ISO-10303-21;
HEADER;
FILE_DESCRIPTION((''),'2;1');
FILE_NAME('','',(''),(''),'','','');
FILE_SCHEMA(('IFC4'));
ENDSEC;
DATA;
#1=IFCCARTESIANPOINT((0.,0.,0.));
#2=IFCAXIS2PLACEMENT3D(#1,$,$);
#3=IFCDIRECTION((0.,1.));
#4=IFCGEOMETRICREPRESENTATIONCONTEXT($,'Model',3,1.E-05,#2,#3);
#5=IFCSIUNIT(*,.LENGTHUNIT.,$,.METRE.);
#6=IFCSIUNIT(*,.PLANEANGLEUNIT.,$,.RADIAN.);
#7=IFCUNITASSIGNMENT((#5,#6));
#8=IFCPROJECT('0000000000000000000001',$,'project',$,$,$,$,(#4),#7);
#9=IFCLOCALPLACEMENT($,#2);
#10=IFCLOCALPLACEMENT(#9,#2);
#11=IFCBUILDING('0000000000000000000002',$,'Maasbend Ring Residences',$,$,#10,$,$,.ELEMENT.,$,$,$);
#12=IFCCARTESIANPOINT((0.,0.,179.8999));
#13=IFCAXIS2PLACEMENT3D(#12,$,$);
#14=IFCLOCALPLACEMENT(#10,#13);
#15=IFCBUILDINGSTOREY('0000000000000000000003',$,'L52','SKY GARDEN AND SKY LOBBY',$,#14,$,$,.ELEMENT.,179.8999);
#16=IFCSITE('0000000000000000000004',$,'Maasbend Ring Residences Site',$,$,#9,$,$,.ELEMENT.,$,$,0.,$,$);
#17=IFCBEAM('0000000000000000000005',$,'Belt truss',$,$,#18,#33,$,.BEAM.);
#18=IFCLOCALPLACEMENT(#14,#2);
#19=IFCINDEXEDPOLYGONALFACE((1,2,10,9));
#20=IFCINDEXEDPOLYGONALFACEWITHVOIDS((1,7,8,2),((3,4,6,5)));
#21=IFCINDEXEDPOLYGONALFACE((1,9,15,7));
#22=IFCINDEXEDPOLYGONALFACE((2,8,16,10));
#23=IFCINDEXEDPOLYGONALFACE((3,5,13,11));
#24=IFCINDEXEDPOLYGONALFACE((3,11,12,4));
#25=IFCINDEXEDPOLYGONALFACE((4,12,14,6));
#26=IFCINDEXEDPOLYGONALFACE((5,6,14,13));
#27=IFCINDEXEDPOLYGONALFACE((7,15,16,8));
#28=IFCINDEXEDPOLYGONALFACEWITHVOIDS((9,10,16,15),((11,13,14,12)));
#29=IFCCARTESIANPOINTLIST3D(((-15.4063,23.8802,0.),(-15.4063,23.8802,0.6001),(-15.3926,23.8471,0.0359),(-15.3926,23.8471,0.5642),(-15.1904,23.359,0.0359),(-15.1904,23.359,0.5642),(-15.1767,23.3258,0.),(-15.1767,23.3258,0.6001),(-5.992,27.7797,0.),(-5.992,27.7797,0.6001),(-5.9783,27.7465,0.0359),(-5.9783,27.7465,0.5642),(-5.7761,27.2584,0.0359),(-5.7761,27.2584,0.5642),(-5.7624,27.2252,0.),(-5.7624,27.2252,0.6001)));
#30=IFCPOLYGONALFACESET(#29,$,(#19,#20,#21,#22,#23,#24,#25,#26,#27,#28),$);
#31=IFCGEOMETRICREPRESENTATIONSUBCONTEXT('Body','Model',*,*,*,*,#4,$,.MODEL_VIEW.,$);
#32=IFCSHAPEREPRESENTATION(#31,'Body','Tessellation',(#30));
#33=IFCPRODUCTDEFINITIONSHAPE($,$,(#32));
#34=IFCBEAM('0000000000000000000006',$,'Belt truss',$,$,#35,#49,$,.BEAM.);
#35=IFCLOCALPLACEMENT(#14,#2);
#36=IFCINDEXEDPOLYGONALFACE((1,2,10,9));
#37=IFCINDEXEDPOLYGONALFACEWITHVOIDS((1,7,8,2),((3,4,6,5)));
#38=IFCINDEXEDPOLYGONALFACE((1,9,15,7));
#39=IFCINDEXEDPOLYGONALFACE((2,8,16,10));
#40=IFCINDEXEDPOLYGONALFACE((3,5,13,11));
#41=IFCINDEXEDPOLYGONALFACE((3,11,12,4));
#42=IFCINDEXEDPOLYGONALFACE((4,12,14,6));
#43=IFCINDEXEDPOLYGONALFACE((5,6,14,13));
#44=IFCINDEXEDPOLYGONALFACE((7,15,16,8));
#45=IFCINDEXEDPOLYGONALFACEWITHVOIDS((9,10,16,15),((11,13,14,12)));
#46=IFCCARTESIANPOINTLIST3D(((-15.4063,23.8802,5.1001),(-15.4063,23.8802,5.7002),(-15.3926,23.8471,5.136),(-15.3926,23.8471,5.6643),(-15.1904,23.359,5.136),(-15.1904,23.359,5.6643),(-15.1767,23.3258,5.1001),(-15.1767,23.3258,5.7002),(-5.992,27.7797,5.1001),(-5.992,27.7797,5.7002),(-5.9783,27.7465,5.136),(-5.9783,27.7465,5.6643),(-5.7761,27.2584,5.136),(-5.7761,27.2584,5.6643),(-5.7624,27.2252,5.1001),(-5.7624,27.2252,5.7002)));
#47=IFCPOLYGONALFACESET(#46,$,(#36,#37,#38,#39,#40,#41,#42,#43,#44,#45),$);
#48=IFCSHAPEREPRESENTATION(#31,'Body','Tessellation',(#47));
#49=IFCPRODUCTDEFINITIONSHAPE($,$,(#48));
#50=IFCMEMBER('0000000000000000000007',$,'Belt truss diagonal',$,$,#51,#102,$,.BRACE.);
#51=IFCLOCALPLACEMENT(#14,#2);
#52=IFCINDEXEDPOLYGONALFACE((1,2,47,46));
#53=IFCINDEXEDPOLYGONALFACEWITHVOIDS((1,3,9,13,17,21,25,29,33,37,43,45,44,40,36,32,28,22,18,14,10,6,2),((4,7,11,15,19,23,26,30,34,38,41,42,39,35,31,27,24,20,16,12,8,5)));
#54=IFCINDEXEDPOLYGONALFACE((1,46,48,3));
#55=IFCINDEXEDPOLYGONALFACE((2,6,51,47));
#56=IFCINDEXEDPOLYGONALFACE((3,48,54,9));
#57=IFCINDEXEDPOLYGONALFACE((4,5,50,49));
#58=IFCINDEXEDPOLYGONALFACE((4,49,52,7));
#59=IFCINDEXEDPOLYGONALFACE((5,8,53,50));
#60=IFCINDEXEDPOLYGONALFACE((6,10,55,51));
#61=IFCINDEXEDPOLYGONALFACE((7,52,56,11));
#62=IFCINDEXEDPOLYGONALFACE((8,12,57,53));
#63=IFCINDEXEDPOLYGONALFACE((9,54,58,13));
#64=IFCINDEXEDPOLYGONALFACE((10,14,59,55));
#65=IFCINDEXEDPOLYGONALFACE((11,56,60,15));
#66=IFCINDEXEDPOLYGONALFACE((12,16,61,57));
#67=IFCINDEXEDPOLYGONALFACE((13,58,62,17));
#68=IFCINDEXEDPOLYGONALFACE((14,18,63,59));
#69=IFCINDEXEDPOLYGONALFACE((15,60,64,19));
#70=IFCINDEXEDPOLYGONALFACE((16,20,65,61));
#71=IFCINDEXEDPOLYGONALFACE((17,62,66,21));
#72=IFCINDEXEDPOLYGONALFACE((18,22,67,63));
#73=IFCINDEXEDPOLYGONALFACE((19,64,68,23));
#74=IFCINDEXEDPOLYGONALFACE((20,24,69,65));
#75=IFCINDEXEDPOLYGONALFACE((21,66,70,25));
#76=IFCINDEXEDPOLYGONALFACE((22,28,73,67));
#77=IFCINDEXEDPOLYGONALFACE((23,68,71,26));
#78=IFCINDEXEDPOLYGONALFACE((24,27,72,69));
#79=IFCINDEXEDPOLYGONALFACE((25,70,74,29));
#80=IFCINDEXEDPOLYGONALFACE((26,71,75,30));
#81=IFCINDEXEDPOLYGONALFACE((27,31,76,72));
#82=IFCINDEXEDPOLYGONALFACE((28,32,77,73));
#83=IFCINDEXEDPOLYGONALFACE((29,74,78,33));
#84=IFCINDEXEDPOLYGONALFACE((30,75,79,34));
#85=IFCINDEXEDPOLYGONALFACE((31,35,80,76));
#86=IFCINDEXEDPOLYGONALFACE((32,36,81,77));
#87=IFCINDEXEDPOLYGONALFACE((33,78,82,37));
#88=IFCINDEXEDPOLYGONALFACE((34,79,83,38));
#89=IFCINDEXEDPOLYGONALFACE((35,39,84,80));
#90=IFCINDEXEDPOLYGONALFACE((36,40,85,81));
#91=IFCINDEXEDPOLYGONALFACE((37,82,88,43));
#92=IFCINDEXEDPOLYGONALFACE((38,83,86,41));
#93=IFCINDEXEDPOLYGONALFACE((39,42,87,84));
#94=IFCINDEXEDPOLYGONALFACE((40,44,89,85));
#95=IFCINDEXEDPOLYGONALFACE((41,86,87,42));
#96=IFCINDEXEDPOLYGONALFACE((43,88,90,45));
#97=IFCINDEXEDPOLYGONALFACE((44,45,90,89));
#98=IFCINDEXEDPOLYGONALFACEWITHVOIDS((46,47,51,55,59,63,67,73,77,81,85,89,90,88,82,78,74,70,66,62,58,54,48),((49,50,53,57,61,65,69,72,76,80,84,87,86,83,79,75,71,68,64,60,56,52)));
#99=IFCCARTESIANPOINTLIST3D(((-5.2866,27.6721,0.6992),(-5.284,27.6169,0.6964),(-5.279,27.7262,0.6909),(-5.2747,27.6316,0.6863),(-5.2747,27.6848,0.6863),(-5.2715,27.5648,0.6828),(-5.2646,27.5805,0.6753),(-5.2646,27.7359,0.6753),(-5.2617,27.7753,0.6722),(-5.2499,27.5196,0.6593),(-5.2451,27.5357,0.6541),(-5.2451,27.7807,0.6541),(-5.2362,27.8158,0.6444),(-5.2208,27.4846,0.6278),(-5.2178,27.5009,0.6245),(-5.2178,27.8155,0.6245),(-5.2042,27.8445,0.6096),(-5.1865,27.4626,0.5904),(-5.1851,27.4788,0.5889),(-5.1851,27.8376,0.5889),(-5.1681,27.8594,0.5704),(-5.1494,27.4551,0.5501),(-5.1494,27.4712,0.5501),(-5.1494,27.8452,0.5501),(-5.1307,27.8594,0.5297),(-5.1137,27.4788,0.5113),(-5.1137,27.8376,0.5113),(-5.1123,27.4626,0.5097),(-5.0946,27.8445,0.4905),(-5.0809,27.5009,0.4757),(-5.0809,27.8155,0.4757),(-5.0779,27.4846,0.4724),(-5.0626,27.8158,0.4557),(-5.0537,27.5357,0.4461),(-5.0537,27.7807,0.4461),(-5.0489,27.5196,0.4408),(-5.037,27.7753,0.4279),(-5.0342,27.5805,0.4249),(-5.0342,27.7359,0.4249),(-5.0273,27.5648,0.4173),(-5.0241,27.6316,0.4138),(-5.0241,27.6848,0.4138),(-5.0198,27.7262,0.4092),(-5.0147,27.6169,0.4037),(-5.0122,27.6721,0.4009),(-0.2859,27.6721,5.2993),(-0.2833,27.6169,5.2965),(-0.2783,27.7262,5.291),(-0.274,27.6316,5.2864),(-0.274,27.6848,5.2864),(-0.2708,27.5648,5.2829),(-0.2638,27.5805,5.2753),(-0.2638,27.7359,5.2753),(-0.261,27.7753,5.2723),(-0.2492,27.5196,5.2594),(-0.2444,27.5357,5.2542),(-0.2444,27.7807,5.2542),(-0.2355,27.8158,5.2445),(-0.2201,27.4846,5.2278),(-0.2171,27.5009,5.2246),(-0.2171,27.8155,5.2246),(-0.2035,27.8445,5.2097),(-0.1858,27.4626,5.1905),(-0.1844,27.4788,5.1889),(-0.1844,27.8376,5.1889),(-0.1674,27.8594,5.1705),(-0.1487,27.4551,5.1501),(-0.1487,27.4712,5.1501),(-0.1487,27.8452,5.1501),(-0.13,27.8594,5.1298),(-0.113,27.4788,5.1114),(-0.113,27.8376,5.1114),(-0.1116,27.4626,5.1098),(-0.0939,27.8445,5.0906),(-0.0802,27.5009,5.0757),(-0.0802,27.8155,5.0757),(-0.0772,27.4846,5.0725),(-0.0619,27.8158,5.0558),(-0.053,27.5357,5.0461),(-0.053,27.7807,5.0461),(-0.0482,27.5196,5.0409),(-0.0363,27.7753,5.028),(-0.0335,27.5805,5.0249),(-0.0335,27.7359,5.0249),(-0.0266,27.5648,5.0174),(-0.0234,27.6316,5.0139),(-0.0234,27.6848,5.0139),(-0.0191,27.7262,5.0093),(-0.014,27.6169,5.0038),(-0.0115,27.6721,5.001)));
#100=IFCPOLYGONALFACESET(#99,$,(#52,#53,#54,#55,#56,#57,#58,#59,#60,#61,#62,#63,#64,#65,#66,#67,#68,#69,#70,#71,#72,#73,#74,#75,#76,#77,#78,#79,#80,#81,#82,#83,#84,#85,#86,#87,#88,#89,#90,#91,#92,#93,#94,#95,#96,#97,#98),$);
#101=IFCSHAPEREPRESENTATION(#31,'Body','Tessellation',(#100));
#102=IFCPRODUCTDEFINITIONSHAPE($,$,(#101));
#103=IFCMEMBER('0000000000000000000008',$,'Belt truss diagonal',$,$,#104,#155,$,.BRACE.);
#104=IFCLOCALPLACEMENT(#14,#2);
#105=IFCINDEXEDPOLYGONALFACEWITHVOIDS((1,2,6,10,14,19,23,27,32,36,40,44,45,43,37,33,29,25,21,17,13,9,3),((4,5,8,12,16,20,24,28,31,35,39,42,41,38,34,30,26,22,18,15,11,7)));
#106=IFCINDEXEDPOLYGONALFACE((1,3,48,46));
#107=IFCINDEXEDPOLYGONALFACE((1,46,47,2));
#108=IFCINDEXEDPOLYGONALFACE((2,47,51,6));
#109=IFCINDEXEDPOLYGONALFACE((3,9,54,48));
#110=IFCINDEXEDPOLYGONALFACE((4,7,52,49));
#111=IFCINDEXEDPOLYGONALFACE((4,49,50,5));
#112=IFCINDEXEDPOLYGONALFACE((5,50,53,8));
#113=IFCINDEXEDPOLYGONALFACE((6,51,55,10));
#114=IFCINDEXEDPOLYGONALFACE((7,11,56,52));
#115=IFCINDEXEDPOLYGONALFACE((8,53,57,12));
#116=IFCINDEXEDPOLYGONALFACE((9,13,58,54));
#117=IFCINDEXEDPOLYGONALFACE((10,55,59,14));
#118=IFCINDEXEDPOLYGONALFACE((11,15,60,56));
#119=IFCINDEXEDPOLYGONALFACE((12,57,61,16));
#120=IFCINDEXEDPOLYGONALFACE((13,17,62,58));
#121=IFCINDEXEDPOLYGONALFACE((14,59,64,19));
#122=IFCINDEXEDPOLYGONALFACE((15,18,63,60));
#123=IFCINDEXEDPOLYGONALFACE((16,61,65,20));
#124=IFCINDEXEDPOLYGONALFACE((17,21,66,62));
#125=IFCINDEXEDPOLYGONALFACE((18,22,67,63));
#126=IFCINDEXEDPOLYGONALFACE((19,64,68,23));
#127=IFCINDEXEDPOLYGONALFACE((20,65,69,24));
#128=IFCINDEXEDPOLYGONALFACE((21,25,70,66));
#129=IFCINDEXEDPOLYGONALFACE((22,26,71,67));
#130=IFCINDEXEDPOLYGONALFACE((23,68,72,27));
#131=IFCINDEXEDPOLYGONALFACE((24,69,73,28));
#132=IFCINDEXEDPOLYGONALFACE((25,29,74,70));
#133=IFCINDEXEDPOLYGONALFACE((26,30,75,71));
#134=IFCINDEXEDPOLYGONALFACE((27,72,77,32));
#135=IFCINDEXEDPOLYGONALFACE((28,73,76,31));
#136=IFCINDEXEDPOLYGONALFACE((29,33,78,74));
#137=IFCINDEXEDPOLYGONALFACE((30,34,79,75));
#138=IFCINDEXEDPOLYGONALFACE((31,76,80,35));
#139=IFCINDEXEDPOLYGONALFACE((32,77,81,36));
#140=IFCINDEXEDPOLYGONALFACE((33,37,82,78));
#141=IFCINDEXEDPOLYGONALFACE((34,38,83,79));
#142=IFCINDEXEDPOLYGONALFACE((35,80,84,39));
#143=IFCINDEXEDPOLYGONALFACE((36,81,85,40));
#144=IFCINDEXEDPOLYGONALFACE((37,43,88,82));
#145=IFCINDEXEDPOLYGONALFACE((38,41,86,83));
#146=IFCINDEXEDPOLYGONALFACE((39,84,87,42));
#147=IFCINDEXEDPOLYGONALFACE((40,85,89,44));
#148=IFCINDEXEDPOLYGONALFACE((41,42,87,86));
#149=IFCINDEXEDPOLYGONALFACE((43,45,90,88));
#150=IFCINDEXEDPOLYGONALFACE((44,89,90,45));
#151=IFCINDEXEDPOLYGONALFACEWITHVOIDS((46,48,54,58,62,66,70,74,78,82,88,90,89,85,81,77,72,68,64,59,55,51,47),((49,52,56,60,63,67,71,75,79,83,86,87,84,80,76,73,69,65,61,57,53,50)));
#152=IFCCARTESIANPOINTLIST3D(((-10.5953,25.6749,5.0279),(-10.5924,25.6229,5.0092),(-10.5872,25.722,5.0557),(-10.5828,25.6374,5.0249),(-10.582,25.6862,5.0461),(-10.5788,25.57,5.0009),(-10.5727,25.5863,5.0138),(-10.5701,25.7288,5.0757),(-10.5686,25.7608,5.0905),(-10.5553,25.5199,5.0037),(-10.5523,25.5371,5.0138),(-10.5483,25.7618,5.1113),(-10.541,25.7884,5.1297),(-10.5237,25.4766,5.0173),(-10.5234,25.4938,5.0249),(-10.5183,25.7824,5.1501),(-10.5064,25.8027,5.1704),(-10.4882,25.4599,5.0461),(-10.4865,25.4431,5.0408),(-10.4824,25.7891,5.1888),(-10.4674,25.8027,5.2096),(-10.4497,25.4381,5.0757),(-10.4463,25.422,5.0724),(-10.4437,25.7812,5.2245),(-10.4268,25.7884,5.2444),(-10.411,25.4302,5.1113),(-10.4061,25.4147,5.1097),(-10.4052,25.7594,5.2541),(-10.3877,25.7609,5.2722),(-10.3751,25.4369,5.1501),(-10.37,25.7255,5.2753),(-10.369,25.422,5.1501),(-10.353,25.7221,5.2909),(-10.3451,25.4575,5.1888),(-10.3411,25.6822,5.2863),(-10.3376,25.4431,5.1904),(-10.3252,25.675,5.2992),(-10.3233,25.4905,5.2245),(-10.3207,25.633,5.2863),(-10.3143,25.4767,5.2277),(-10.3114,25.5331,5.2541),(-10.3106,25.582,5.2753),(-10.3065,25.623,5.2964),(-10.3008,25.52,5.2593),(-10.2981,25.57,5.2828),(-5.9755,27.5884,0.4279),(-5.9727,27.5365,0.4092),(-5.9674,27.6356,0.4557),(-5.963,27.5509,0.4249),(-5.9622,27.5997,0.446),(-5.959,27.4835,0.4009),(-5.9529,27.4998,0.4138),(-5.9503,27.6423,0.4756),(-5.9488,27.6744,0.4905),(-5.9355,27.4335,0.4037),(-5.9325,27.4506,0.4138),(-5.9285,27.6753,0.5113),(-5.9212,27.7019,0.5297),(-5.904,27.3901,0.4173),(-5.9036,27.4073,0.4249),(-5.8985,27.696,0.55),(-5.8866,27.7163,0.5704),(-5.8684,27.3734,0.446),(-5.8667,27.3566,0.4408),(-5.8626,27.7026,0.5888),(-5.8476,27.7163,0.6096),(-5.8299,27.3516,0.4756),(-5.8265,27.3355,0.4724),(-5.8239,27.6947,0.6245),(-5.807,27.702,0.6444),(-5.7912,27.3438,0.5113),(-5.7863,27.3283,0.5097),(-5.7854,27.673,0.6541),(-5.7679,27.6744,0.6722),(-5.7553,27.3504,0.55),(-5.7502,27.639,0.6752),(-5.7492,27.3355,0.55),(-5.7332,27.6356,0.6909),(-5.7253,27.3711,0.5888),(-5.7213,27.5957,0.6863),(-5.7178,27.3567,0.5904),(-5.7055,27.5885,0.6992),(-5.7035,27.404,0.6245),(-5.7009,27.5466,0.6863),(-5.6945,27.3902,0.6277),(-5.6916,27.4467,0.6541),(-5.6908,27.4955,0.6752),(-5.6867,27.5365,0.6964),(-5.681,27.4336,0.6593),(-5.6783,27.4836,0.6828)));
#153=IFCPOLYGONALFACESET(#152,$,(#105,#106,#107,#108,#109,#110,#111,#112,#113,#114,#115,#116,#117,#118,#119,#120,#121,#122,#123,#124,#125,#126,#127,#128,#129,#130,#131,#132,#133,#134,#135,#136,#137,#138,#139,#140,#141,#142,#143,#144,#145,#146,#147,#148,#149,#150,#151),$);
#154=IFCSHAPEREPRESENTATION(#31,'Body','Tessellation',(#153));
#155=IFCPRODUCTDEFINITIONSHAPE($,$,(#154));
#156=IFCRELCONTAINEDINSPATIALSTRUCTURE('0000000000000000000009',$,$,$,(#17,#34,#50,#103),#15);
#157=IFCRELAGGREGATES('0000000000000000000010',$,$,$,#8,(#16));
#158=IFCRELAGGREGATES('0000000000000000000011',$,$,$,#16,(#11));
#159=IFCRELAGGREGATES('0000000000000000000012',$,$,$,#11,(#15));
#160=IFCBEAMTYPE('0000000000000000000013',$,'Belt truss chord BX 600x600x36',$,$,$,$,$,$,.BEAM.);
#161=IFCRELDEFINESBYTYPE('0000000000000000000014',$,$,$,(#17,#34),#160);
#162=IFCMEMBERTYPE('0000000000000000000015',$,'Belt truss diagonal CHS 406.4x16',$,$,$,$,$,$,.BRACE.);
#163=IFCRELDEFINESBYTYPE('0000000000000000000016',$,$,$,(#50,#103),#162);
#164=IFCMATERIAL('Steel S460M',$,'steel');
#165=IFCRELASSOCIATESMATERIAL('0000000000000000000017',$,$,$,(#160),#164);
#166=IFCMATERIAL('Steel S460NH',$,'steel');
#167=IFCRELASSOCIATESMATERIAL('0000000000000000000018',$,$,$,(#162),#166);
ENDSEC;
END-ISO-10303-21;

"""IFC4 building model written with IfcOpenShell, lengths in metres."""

from ifc_helpers import new_model, si_unit, direction, frame, origin, origin_2d, place, context, subcontext, project, spatial, hollow_rectangle, hollow_circle, extrude, material, material_profile, profile_set, type_object, element, save


model = new_model("IFC4")

# Units and contexts
model_context = context("Model", 3, precision=1e-05, world=origin(), true_north=direction((0.0, 1.0)))
body_context = subcontext(model_context, "Body", "Model", "MODEL_VIEW")
ifc_project = project(units=[si_unit("LENGTHUNIT", "METRE"), si_unit("PLANEANGLEUNIT", "RADIAN")], contexts=[model_context])

# Site, building, storey
site_placement = place(None, origin())
site = spatial("IfcSite", under=ifc_project, at=site_placement, Name="Maasbend Ring Residences Site", CompositionType="ELEMENT", RefElevation=0.0)
building_placement = place(site_placement, origin())
building = spatial("IfcBuilding", under=site, at=building_placement, Name="Maasbend Ring Residences", CompositionType="ELEMENT")
storey_placement = place(building_placement, frame((0.0, 0.0, 179.8999)))
storey = spatial("IfcBuildingStorey", under=building, at=storey_placement, Name="L52", Description="SKY GARDEN AND SKY LOBBY", CompositionType="ELEMENT", Elevation=179.8999)

# Beams
ifc_material_1 = material(Name="Steel S460M", Category="steel")
ifc_material_profile_1 = material_profile(ifc_material_1, hollow_rectangle(XDim=0.6001, YDim=0.6001, WallThickness=0.0359, at=origin_2d()), Name="Belt truss chord BX 600x600x36")
ifc_profile_set_1 = profile_set([ifc_material_profile_1], Name="Steel S460M")
beam_type_1 = type_object("IfcBeamType", Name="Belt truss chord BX 600x600x36", PredefinedType="BEAM", material=ifc_profile_set_1)
for number, where, z_axis, x_axis, name in (
    (1, (-5.8772, 27.5024, 0.3), (-0.923884, -0.382673, 0.0), (0.382673, -0.923884, 0.0), "Belt truss"),
    (2, (-5.8772, 27.5024, 5.4001), (-0.923884, -0.382673, 0.0), (0.382673, -0.923884, 0.0), "Belt truss"),
):
    element("IfcBeam", number, at=place(storey_placement, frame(where, z_axis=z_axis, x_axis=x_axis)), inside=storey, type_object=beam_type_1, Name=name, PredefinedType="BEAM", context=body_context, shape_type="SweptSolid", body=[
        extrude(hollow_rectangle(XDim=0.6001, YDim=0.6001, WallThickness=0.0359, at=origin_2d()), origin(), (0.0, 0.0, 1.0), 10.1899),
    ])

# Members
ifc_material_2 = material(Name="Steel S460NH", Category="steel")
ifc_material_profile_2 = material_profile(ifc_material_2, hollow_circle(Radius=0.2031, WallThickness=0.0161, at=origin_2d()), Name="Belt truss diagonal CHS 406.4x16")
ifc_profile_set_2 = profile_set([ifc_material_profile_2], Name="Steel S460NH")
member_type_1 = type_object("IfcMemberType", Name="Belt truss diagonal CHS 406.4x16", PredefinedType="BRACE", material=ifc_profile_set_2)
member_1_placement = place(storey_placement, frame((-0.1487, 27.6582, 5.1501), z_axis=(-0.735973, 0.0, -0.677011), x_axis=(0.0, -1.0, 0.0)))
element("IfcMember", 3, at=member_1_placement, inside=storey, type_object=member_type_1, Name="Belt truss diagonal", PredefinedType="BRACE", context=body_context, shape_type="SweptSolid", body=[
    extrude(hollow_circle(Radius=0.2031, WallThickness=0.0161, at=origin_2d()), origin(), (0.0, 0.0, 1.0), 6.7947),
])
member_2_placement = place(storey_placement, frame((-5.8269, 27.5232, 0.55), z_axis=(-0.679938, -0.281634, 0.677028), x_axis=(0.382677, -0.923882, 0.0)))
element("IfcMember", 4, at=member_2_placement, inside=storey, type_object=member_type_1, Name="Belt truss diagonal", PredefinedType="BRACE", context=body_context, shape_type="SweptSolid", body=[
    extrude(hollow_circle(Radius=0.2031, WallThickness=0.0161, at=origin_2d()), origin(), (0.0, 0.0, 1.0), 6.7944),
])

save(model, "model.ifc")
